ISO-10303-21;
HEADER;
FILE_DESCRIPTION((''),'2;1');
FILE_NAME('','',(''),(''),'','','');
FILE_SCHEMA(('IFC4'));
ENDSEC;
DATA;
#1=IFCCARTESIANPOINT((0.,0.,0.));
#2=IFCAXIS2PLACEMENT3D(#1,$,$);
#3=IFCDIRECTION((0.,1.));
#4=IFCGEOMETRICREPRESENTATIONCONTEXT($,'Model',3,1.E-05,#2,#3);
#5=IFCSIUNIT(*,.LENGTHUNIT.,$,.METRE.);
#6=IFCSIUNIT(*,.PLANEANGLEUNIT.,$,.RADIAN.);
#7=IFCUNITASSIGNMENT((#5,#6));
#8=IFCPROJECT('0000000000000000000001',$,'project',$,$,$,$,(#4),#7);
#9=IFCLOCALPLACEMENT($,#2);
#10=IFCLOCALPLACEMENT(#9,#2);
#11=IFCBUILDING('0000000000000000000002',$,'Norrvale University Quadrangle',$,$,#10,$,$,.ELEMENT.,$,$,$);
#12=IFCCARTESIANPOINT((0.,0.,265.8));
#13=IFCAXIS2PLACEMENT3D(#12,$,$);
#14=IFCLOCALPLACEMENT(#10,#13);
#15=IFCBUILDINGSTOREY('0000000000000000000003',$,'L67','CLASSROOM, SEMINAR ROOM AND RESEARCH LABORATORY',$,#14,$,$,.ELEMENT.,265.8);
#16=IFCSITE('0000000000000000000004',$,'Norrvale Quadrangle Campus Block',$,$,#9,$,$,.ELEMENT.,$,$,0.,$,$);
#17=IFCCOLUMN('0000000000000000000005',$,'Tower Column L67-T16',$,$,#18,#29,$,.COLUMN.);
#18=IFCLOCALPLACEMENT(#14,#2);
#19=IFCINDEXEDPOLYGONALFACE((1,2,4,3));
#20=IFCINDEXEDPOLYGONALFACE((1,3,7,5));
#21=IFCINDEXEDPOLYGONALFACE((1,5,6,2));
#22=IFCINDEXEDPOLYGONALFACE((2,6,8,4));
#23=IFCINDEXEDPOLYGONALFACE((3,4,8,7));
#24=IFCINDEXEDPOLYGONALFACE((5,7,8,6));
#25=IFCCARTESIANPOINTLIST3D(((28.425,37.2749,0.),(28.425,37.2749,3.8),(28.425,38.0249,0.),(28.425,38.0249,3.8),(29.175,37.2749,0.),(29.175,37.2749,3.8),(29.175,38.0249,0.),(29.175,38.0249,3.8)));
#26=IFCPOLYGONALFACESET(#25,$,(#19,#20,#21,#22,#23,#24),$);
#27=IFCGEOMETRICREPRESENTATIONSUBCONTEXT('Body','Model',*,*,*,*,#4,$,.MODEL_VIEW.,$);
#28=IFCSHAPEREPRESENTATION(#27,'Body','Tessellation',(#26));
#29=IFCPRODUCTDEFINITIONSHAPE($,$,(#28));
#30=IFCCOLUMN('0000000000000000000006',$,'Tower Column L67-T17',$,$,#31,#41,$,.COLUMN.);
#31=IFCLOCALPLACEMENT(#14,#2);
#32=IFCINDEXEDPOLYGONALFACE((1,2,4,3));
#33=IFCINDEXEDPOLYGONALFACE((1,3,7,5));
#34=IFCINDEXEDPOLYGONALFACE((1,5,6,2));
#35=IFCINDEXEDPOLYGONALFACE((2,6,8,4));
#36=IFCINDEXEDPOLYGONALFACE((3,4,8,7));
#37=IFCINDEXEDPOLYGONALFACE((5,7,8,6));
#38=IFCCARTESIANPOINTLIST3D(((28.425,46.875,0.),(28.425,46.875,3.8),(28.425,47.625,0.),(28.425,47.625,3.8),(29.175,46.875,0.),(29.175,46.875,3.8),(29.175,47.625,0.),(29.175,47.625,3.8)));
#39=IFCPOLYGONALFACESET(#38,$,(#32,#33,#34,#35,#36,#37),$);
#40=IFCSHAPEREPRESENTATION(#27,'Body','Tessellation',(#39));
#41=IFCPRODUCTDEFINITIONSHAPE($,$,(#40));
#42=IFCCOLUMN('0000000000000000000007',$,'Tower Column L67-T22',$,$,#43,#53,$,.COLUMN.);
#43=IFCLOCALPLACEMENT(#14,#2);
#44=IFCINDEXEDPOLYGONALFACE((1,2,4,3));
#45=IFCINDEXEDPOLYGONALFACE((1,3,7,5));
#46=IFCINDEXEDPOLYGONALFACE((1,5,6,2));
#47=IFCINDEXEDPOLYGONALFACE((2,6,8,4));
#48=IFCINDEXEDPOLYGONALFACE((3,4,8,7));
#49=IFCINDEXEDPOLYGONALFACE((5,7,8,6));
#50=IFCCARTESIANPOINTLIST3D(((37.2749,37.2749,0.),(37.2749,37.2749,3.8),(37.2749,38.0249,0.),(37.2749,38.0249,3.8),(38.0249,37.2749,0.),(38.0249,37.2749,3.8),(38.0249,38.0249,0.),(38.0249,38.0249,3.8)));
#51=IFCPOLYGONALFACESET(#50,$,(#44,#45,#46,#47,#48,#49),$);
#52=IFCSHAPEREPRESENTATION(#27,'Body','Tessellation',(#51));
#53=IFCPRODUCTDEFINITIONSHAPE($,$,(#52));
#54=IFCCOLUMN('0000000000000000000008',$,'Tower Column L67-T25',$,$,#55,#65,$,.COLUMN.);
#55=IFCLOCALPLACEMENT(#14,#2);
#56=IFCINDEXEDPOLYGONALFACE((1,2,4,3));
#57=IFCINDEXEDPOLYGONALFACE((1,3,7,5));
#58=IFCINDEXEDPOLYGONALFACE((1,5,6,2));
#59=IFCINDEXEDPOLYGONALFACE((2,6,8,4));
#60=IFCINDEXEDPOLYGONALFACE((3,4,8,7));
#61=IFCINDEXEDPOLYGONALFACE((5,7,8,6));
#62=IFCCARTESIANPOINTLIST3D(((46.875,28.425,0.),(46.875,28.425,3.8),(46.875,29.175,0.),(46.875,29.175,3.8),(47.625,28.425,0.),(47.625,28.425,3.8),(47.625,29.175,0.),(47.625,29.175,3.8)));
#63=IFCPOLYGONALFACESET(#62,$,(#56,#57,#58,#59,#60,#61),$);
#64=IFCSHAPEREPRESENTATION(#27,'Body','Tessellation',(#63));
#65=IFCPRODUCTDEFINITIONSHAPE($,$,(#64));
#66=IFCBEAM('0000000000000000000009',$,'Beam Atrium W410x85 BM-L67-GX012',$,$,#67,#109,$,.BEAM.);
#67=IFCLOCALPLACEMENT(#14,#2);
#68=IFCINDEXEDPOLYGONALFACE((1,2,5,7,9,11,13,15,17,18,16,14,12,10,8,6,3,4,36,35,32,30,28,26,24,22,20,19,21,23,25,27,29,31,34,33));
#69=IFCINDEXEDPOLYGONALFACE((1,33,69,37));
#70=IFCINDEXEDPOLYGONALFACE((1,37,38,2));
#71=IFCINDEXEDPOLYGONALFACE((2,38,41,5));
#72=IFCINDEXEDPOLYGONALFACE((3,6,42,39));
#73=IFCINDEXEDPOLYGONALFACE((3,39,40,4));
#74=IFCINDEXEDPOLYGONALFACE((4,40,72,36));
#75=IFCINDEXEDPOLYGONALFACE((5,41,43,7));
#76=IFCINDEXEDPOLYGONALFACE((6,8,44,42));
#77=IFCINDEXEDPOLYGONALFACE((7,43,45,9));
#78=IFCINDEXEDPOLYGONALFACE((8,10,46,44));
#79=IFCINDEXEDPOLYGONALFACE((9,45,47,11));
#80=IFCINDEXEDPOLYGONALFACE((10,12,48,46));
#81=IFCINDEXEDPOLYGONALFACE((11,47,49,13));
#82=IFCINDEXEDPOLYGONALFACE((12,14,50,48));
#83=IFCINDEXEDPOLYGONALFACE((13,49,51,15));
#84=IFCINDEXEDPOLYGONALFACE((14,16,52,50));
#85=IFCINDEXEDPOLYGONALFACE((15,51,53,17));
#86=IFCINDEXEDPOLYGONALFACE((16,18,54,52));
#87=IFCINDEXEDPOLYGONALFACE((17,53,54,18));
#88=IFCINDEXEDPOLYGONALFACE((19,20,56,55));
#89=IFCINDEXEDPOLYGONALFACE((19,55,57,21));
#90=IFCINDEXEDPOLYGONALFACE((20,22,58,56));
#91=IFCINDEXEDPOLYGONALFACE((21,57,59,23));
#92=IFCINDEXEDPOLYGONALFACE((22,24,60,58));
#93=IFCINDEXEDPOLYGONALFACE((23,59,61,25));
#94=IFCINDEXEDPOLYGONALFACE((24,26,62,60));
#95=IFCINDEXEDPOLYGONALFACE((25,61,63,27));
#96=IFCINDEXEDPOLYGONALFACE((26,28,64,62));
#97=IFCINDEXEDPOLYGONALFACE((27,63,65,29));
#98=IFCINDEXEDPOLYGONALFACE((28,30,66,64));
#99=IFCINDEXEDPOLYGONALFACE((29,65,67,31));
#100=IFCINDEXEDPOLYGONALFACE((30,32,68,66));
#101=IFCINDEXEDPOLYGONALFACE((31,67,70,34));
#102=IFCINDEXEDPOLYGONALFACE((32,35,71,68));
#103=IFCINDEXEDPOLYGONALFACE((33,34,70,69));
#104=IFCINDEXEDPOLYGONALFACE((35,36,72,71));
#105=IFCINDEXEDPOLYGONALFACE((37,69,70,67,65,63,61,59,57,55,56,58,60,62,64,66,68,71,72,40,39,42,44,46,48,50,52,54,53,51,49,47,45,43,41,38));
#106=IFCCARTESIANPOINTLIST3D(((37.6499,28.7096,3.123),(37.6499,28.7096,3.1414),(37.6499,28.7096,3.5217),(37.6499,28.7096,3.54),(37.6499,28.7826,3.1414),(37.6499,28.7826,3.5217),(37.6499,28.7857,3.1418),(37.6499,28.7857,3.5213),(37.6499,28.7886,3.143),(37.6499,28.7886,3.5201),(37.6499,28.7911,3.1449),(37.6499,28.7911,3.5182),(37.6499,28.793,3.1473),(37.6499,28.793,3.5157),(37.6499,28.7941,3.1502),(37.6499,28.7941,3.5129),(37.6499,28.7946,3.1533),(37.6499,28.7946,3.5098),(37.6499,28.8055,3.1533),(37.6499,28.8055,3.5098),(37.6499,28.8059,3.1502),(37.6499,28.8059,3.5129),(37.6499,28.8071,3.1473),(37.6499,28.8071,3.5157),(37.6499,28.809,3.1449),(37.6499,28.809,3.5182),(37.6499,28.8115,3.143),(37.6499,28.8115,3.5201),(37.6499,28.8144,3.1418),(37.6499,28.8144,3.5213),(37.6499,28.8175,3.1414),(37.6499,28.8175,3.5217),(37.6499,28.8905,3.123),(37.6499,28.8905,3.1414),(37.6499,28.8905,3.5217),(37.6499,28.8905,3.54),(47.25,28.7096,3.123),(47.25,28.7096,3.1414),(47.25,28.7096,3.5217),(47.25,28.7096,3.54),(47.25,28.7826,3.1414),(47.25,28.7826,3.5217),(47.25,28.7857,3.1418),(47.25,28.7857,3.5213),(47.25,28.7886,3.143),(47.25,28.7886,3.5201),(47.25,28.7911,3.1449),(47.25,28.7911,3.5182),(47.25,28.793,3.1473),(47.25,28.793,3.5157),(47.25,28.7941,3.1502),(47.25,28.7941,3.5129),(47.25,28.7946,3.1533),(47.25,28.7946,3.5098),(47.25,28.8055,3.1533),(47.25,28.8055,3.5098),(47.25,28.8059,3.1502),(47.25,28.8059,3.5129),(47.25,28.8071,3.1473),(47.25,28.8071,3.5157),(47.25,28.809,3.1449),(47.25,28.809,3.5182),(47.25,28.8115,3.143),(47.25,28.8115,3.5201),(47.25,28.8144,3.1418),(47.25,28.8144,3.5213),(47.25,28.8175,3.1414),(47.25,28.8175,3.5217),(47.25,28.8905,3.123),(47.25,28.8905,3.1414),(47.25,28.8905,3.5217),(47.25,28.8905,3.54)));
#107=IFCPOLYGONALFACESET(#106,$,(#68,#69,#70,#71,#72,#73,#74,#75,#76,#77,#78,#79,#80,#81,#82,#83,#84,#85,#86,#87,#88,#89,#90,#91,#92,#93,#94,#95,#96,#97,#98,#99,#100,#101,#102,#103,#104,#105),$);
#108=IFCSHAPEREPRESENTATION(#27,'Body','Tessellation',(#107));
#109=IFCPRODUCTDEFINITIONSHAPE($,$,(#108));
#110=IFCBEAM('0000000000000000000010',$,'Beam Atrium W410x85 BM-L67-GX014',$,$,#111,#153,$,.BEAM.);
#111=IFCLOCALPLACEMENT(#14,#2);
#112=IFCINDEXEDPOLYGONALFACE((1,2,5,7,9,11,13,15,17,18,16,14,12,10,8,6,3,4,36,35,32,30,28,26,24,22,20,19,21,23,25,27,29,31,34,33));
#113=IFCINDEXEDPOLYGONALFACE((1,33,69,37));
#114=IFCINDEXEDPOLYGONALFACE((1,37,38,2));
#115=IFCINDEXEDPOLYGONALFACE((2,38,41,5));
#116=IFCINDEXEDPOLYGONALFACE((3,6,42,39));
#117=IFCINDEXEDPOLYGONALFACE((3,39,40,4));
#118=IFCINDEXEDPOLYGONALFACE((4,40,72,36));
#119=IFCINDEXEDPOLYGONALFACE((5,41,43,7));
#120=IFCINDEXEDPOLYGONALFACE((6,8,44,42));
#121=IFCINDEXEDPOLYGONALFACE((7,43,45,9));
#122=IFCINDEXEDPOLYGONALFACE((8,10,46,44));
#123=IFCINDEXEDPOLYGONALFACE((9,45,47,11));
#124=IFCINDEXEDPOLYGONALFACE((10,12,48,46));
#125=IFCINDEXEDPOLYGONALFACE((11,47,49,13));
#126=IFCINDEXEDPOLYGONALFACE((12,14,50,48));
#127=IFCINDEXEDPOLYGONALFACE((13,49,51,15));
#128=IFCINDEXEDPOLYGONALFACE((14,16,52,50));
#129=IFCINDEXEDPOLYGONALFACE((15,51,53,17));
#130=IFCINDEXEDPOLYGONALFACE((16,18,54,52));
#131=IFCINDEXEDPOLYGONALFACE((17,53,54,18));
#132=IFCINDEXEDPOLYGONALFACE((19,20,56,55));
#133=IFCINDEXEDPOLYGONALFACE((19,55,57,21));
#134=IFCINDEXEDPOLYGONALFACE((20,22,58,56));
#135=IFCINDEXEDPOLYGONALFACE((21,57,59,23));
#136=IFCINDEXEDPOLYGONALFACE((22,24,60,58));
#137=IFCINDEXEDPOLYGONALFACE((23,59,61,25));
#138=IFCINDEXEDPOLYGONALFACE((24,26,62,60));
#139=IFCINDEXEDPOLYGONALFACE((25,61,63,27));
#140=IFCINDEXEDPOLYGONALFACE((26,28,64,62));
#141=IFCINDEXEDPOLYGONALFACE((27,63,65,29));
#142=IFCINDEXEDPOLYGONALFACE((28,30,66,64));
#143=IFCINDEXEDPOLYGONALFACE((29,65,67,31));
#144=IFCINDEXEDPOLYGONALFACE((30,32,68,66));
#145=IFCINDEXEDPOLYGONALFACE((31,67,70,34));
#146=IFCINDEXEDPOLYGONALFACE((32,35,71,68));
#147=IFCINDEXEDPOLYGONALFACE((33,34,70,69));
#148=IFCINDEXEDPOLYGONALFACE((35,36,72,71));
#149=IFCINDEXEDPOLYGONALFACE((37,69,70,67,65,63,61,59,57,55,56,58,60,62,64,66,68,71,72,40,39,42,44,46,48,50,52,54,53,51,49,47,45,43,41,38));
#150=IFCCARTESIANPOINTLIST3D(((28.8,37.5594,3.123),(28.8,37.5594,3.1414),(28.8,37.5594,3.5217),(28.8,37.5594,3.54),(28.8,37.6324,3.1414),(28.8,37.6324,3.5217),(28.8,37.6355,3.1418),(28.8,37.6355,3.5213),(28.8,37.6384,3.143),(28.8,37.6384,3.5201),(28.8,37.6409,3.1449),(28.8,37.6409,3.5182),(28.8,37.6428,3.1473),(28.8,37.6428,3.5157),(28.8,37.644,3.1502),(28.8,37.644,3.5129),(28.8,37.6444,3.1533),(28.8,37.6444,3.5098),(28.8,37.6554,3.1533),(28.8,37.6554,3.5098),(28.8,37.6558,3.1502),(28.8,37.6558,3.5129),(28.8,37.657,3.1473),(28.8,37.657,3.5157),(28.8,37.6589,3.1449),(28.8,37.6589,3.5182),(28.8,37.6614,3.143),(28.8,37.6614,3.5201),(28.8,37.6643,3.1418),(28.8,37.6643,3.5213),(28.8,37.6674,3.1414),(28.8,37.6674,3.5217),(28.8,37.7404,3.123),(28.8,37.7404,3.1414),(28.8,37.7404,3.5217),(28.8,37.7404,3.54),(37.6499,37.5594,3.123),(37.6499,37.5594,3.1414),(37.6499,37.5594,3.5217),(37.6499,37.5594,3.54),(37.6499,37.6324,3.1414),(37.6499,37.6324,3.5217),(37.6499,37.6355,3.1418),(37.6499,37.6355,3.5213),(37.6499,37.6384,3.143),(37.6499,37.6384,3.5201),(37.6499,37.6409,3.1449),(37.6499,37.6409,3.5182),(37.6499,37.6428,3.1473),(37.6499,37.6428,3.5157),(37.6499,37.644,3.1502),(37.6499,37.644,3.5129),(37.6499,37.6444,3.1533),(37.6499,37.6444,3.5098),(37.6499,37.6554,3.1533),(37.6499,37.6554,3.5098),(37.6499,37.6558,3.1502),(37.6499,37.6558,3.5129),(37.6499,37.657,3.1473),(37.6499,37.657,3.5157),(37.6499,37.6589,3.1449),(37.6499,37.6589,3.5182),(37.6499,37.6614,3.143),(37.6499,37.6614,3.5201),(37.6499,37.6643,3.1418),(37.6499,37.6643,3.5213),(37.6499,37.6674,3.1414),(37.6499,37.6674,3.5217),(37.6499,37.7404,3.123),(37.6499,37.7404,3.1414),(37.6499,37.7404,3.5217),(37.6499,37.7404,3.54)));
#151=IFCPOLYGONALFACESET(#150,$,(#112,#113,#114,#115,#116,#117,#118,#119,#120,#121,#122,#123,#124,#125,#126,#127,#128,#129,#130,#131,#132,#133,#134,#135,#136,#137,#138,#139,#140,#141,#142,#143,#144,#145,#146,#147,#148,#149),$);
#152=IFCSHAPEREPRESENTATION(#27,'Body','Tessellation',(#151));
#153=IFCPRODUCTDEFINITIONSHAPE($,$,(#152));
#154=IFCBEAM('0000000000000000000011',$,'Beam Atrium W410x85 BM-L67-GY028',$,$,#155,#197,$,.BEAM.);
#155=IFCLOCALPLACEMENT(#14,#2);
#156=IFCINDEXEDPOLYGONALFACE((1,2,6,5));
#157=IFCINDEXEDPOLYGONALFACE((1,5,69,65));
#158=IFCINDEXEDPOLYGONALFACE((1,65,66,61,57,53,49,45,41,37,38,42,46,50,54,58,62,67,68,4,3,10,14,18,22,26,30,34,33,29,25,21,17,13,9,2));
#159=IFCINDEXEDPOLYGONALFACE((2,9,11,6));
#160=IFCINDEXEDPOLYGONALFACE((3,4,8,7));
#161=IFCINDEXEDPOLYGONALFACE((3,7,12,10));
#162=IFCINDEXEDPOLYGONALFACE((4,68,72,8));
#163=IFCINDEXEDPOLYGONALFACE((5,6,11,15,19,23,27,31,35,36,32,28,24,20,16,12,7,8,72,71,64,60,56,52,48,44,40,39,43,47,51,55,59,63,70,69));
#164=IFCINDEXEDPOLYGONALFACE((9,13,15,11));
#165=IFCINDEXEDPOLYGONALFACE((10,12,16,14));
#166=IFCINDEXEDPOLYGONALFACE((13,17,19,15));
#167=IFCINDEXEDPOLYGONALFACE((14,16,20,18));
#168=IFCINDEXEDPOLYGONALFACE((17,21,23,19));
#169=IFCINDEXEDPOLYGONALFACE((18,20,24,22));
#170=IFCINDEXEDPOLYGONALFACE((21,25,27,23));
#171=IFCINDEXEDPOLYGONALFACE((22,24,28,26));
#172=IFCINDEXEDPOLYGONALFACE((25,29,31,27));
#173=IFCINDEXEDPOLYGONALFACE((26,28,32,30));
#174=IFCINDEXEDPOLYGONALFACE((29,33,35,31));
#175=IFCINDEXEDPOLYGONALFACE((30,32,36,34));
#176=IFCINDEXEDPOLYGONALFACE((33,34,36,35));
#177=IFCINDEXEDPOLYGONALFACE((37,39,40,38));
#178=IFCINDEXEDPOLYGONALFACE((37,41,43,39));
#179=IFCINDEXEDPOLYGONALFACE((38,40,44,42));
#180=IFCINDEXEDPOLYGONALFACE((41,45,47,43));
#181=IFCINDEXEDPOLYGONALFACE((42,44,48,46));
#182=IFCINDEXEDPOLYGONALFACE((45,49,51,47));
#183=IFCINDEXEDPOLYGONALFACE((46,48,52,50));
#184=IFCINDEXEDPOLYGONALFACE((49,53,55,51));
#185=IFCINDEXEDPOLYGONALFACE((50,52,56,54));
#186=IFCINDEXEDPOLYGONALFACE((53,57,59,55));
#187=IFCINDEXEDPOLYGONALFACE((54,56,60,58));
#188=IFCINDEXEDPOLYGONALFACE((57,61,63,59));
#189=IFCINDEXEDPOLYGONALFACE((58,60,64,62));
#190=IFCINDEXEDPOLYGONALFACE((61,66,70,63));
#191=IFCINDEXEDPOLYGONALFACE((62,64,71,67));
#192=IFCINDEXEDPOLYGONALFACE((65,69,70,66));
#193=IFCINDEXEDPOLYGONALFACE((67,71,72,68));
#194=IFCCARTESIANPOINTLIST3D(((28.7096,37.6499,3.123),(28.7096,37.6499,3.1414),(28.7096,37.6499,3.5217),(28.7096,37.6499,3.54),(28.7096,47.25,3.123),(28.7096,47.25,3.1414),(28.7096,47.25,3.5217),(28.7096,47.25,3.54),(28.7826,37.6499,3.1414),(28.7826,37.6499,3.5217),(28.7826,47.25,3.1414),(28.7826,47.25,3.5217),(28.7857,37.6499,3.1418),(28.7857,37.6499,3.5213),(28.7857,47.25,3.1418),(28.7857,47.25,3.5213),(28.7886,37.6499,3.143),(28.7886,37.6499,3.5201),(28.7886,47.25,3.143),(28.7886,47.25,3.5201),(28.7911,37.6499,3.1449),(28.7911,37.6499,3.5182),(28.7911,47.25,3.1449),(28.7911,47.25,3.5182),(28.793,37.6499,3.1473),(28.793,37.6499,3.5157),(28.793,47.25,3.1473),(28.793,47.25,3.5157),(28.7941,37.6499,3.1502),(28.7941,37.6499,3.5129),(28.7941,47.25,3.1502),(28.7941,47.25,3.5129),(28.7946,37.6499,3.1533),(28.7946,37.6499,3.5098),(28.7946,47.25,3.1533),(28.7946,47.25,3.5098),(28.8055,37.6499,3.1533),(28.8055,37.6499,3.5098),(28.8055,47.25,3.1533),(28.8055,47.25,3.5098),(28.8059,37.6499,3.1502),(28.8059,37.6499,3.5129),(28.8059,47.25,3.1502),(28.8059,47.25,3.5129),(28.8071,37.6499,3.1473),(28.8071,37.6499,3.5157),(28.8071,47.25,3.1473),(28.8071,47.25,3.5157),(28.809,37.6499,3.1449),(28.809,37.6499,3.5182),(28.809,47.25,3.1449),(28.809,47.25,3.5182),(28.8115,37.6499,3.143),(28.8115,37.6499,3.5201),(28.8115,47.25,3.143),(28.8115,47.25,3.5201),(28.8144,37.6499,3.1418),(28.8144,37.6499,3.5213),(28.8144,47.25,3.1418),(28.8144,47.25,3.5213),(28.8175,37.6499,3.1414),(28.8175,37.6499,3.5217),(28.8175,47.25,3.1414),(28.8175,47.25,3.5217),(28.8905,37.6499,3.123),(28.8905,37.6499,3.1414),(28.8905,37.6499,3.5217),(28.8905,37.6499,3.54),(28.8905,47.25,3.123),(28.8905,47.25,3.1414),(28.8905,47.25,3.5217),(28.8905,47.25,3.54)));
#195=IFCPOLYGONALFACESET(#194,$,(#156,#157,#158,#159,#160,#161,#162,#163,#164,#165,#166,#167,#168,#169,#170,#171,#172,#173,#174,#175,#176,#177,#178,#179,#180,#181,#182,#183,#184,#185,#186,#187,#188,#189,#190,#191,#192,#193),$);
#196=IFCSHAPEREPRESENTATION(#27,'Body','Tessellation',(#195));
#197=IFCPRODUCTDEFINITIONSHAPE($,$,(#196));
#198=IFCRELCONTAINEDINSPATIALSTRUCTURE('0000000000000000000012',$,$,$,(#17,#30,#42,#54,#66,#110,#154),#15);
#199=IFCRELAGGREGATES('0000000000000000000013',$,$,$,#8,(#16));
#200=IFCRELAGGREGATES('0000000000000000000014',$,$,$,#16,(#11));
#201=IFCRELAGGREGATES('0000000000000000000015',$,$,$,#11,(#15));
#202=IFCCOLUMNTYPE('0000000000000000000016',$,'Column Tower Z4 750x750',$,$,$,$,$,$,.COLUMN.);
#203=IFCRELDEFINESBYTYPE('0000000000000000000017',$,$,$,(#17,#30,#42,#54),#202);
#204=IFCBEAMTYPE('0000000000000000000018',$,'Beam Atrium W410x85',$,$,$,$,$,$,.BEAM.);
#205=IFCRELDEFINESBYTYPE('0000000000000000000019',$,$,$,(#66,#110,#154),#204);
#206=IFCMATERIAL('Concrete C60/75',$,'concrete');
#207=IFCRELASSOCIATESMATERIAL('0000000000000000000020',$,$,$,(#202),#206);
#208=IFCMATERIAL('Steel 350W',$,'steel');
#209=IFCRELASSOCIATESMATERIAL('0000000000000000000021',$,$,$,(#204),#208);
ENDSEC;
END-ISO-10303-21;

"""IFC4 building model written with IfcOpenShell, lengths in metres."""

from ifc_helpers import new_model, si_unit, direction, frame, origin, origin_2d, place, context, subcontext, project, spatial, rectangle, i_section, extrude, material, material_profile, profile_set, type_object, element, save


model = new_model("IFC4")

# Units and contexts
model_context = context("Model", 3, precision=1e-05, world=origin(), true_north=direction((0.0, 1.0)))
body_context = subcontext(model_context, "Body", "Model", "MODEL_VIEW")
ifc_project = project(units=[si_unit("LENGTHUNIT", "METRE"), si_unit("PLANEANGLEUNIT", "RADIAN")], contexts=[model_context])

# Site, building, storey
site_placement = place(None, origin())
site = spatial("IfcSite", under=ifc_project, at=site_placement, Name="Norrvale Quadrangle Campus Block", CompositionType="ELEMENT", RefElevation=0.0)
building_placement = place(site_placement, origin())
building = spatial("IfcBuilding", under=site, at=building_placement, Name="Norrvale University Quadrangle", CompositionType="ELEMENT")
storey_placement = place(building_placement, frame((0.0, 0.0, 265.8)))
storey = spatial("IfcBuildingStorey", under=building, at=storey_placement, Name="L67", Description="CLASSROOM, SEMINAR ROOM AND RESEARCH LABORATORY", CompositionType="ELEMENT", Elevation=265.8)

# Columns
ifc_material_1 = material(Name="Concrete C60/75", Category="concrete")
ifc_material_profile_1 = material_profile(ifc_material_1, rectangle(XDim=0.75, YDim=0.75, at=origin_2d()), Name="Concrete C60/75")
ifc_profile_set_1 = profile_set([ifc_material_profile_1], Name="Concrete C60/75")
column_type = type_object("IfcColumnType", Name="Column Tower Z4 750x750", PredefinedType="COLUMN", material=ifc_profile_set_1)
for number, where, z_axis, x_axis, name in (
    (1, (28.8, 37.6499, 0.0), (0.0, 0.0, 1.0), (1.0, 0.0, 0.0), "Tower Column L67-T16"),
    (2, (28.8, 47.25, 0.0), (0.0, 0.0, 1.0), (1.0, 0.0, 0.0), "Tower Column L67-T17"),
    (3, (37.6499, 37.6499, 0.0), (0.0, 0.0, 1.0), (1.0, 0.0, 0.0), "Tower Column L67-T22"),
    (4, (47.25, 28.8, 0.0), (0.0, 0.0, 1.0), (1.0, 0.0, 0.0), "Tower Column L67-T25"),
):
    element("IfcColumn", number, at=place(storey_placement, frame(where, z_axis=z_axis, x_axis=x_axis)), inside=storey, type_object=column_type, Name=name, PredefinedType="COLUMN", context=body_context, shape_type="SweptSolid", body=[
        extrude(rectangle(XDim=0.75, YDim=0.75, at=origin_2d()), origin(), (0.0, 0.0, 1.0), 3.8),
    ])

# Beams
ifc_material_2 = material(Name="Steel 350W", Category="steel")
ifc_material_profile_2 = material_profile(ifc_material_2, i_section(OverallWidth=0.1809, OverallDepth=0.417, WebThickness=0.011, FlangeThickness=0.0183, FilletRadius=0.012, at=origin_2d()), Name="Steel 350W")
ifc_profile_set_2 = profile_set([ifc_material_profile_2], Name="Steel 350W")
beam_type_1 = type_object("IfcBeamType", Name="Beam Atrium W410x85", PredefinedType="BEAM", material=ifc_profile_set_2)
beam_1_placement = place(storey_placement, frame((37.6499, 28.8, 3.3315), z_axis=(1.0, 0.0, 0.0), x_axis=(0.0, 1.0, 0.0)))
element("IfcBeam", 5, at=beam_1_placement, inside=storey, type_object=beam_type_1, Name="Beam Atrium W410x85 BM-L67-GX012", PredefinedType="BEAM", context=body_context, shape_type="SweptSolid", body=[
    extrude(i_section(OverallWidth=0.1809, OverallDepth=0.417, WebThickness=0.011, FlangeThickness=0.0183, FilletRadius=0.012, at=origin_2d()), origin(), (0.0, 0.0, 1.0), 9.6001),
])
beam_2_placement = place(storey_placement, frame((28.8, 37.6499, 3.3315), z_axis=(1.0, 0.0, 0.0), x_axis=(0.0, 1.0, 0.0)))
element("IfcBeam", 6, at=beam_2_placement, inside=storey, type_object=beam_type_1, Name="Beam Atrium W410x85 BM-L67-GX014", PredefinedType="BEAM", context=body_context, shape_type="SweptSolid", body=[
    extrude(i_section(OverallWidth=0.1809, OverallDepth=0.417, WebThickness=0.011, FlangeThickness=0.0183, FilletRadius=0.012, at=origin_2d()), origin(), (0.0, 0.0, 1.0), 8.8499),
])
beam_3_placement = place(storey_placement, frame((28.8, 37.6499, 3.3315), z_axis=(0.0, 1.0, 0.0), x_axis=(-1.0, 0.0, 0.0)))
element("IfcBeam", 7, at=beam_3_placement, inside=storey, type_object=beam_type_1, Name="Beam Atrium W410x85 BM-L67-GY028", PredefinedType="BEAM", context=body_context, shape_type="SweptSolid", body=[
    extrude(i_section(OverallWidth=0.1809, OverallDepth=0.417, WebThickness=0.011, FlangeThickness=0.0183, FilletRadius=0.012, at=origin_2d()), origin(), (0.0, 0.0, 1.0), 9.6001),
])

save(model, "model.ifc")
